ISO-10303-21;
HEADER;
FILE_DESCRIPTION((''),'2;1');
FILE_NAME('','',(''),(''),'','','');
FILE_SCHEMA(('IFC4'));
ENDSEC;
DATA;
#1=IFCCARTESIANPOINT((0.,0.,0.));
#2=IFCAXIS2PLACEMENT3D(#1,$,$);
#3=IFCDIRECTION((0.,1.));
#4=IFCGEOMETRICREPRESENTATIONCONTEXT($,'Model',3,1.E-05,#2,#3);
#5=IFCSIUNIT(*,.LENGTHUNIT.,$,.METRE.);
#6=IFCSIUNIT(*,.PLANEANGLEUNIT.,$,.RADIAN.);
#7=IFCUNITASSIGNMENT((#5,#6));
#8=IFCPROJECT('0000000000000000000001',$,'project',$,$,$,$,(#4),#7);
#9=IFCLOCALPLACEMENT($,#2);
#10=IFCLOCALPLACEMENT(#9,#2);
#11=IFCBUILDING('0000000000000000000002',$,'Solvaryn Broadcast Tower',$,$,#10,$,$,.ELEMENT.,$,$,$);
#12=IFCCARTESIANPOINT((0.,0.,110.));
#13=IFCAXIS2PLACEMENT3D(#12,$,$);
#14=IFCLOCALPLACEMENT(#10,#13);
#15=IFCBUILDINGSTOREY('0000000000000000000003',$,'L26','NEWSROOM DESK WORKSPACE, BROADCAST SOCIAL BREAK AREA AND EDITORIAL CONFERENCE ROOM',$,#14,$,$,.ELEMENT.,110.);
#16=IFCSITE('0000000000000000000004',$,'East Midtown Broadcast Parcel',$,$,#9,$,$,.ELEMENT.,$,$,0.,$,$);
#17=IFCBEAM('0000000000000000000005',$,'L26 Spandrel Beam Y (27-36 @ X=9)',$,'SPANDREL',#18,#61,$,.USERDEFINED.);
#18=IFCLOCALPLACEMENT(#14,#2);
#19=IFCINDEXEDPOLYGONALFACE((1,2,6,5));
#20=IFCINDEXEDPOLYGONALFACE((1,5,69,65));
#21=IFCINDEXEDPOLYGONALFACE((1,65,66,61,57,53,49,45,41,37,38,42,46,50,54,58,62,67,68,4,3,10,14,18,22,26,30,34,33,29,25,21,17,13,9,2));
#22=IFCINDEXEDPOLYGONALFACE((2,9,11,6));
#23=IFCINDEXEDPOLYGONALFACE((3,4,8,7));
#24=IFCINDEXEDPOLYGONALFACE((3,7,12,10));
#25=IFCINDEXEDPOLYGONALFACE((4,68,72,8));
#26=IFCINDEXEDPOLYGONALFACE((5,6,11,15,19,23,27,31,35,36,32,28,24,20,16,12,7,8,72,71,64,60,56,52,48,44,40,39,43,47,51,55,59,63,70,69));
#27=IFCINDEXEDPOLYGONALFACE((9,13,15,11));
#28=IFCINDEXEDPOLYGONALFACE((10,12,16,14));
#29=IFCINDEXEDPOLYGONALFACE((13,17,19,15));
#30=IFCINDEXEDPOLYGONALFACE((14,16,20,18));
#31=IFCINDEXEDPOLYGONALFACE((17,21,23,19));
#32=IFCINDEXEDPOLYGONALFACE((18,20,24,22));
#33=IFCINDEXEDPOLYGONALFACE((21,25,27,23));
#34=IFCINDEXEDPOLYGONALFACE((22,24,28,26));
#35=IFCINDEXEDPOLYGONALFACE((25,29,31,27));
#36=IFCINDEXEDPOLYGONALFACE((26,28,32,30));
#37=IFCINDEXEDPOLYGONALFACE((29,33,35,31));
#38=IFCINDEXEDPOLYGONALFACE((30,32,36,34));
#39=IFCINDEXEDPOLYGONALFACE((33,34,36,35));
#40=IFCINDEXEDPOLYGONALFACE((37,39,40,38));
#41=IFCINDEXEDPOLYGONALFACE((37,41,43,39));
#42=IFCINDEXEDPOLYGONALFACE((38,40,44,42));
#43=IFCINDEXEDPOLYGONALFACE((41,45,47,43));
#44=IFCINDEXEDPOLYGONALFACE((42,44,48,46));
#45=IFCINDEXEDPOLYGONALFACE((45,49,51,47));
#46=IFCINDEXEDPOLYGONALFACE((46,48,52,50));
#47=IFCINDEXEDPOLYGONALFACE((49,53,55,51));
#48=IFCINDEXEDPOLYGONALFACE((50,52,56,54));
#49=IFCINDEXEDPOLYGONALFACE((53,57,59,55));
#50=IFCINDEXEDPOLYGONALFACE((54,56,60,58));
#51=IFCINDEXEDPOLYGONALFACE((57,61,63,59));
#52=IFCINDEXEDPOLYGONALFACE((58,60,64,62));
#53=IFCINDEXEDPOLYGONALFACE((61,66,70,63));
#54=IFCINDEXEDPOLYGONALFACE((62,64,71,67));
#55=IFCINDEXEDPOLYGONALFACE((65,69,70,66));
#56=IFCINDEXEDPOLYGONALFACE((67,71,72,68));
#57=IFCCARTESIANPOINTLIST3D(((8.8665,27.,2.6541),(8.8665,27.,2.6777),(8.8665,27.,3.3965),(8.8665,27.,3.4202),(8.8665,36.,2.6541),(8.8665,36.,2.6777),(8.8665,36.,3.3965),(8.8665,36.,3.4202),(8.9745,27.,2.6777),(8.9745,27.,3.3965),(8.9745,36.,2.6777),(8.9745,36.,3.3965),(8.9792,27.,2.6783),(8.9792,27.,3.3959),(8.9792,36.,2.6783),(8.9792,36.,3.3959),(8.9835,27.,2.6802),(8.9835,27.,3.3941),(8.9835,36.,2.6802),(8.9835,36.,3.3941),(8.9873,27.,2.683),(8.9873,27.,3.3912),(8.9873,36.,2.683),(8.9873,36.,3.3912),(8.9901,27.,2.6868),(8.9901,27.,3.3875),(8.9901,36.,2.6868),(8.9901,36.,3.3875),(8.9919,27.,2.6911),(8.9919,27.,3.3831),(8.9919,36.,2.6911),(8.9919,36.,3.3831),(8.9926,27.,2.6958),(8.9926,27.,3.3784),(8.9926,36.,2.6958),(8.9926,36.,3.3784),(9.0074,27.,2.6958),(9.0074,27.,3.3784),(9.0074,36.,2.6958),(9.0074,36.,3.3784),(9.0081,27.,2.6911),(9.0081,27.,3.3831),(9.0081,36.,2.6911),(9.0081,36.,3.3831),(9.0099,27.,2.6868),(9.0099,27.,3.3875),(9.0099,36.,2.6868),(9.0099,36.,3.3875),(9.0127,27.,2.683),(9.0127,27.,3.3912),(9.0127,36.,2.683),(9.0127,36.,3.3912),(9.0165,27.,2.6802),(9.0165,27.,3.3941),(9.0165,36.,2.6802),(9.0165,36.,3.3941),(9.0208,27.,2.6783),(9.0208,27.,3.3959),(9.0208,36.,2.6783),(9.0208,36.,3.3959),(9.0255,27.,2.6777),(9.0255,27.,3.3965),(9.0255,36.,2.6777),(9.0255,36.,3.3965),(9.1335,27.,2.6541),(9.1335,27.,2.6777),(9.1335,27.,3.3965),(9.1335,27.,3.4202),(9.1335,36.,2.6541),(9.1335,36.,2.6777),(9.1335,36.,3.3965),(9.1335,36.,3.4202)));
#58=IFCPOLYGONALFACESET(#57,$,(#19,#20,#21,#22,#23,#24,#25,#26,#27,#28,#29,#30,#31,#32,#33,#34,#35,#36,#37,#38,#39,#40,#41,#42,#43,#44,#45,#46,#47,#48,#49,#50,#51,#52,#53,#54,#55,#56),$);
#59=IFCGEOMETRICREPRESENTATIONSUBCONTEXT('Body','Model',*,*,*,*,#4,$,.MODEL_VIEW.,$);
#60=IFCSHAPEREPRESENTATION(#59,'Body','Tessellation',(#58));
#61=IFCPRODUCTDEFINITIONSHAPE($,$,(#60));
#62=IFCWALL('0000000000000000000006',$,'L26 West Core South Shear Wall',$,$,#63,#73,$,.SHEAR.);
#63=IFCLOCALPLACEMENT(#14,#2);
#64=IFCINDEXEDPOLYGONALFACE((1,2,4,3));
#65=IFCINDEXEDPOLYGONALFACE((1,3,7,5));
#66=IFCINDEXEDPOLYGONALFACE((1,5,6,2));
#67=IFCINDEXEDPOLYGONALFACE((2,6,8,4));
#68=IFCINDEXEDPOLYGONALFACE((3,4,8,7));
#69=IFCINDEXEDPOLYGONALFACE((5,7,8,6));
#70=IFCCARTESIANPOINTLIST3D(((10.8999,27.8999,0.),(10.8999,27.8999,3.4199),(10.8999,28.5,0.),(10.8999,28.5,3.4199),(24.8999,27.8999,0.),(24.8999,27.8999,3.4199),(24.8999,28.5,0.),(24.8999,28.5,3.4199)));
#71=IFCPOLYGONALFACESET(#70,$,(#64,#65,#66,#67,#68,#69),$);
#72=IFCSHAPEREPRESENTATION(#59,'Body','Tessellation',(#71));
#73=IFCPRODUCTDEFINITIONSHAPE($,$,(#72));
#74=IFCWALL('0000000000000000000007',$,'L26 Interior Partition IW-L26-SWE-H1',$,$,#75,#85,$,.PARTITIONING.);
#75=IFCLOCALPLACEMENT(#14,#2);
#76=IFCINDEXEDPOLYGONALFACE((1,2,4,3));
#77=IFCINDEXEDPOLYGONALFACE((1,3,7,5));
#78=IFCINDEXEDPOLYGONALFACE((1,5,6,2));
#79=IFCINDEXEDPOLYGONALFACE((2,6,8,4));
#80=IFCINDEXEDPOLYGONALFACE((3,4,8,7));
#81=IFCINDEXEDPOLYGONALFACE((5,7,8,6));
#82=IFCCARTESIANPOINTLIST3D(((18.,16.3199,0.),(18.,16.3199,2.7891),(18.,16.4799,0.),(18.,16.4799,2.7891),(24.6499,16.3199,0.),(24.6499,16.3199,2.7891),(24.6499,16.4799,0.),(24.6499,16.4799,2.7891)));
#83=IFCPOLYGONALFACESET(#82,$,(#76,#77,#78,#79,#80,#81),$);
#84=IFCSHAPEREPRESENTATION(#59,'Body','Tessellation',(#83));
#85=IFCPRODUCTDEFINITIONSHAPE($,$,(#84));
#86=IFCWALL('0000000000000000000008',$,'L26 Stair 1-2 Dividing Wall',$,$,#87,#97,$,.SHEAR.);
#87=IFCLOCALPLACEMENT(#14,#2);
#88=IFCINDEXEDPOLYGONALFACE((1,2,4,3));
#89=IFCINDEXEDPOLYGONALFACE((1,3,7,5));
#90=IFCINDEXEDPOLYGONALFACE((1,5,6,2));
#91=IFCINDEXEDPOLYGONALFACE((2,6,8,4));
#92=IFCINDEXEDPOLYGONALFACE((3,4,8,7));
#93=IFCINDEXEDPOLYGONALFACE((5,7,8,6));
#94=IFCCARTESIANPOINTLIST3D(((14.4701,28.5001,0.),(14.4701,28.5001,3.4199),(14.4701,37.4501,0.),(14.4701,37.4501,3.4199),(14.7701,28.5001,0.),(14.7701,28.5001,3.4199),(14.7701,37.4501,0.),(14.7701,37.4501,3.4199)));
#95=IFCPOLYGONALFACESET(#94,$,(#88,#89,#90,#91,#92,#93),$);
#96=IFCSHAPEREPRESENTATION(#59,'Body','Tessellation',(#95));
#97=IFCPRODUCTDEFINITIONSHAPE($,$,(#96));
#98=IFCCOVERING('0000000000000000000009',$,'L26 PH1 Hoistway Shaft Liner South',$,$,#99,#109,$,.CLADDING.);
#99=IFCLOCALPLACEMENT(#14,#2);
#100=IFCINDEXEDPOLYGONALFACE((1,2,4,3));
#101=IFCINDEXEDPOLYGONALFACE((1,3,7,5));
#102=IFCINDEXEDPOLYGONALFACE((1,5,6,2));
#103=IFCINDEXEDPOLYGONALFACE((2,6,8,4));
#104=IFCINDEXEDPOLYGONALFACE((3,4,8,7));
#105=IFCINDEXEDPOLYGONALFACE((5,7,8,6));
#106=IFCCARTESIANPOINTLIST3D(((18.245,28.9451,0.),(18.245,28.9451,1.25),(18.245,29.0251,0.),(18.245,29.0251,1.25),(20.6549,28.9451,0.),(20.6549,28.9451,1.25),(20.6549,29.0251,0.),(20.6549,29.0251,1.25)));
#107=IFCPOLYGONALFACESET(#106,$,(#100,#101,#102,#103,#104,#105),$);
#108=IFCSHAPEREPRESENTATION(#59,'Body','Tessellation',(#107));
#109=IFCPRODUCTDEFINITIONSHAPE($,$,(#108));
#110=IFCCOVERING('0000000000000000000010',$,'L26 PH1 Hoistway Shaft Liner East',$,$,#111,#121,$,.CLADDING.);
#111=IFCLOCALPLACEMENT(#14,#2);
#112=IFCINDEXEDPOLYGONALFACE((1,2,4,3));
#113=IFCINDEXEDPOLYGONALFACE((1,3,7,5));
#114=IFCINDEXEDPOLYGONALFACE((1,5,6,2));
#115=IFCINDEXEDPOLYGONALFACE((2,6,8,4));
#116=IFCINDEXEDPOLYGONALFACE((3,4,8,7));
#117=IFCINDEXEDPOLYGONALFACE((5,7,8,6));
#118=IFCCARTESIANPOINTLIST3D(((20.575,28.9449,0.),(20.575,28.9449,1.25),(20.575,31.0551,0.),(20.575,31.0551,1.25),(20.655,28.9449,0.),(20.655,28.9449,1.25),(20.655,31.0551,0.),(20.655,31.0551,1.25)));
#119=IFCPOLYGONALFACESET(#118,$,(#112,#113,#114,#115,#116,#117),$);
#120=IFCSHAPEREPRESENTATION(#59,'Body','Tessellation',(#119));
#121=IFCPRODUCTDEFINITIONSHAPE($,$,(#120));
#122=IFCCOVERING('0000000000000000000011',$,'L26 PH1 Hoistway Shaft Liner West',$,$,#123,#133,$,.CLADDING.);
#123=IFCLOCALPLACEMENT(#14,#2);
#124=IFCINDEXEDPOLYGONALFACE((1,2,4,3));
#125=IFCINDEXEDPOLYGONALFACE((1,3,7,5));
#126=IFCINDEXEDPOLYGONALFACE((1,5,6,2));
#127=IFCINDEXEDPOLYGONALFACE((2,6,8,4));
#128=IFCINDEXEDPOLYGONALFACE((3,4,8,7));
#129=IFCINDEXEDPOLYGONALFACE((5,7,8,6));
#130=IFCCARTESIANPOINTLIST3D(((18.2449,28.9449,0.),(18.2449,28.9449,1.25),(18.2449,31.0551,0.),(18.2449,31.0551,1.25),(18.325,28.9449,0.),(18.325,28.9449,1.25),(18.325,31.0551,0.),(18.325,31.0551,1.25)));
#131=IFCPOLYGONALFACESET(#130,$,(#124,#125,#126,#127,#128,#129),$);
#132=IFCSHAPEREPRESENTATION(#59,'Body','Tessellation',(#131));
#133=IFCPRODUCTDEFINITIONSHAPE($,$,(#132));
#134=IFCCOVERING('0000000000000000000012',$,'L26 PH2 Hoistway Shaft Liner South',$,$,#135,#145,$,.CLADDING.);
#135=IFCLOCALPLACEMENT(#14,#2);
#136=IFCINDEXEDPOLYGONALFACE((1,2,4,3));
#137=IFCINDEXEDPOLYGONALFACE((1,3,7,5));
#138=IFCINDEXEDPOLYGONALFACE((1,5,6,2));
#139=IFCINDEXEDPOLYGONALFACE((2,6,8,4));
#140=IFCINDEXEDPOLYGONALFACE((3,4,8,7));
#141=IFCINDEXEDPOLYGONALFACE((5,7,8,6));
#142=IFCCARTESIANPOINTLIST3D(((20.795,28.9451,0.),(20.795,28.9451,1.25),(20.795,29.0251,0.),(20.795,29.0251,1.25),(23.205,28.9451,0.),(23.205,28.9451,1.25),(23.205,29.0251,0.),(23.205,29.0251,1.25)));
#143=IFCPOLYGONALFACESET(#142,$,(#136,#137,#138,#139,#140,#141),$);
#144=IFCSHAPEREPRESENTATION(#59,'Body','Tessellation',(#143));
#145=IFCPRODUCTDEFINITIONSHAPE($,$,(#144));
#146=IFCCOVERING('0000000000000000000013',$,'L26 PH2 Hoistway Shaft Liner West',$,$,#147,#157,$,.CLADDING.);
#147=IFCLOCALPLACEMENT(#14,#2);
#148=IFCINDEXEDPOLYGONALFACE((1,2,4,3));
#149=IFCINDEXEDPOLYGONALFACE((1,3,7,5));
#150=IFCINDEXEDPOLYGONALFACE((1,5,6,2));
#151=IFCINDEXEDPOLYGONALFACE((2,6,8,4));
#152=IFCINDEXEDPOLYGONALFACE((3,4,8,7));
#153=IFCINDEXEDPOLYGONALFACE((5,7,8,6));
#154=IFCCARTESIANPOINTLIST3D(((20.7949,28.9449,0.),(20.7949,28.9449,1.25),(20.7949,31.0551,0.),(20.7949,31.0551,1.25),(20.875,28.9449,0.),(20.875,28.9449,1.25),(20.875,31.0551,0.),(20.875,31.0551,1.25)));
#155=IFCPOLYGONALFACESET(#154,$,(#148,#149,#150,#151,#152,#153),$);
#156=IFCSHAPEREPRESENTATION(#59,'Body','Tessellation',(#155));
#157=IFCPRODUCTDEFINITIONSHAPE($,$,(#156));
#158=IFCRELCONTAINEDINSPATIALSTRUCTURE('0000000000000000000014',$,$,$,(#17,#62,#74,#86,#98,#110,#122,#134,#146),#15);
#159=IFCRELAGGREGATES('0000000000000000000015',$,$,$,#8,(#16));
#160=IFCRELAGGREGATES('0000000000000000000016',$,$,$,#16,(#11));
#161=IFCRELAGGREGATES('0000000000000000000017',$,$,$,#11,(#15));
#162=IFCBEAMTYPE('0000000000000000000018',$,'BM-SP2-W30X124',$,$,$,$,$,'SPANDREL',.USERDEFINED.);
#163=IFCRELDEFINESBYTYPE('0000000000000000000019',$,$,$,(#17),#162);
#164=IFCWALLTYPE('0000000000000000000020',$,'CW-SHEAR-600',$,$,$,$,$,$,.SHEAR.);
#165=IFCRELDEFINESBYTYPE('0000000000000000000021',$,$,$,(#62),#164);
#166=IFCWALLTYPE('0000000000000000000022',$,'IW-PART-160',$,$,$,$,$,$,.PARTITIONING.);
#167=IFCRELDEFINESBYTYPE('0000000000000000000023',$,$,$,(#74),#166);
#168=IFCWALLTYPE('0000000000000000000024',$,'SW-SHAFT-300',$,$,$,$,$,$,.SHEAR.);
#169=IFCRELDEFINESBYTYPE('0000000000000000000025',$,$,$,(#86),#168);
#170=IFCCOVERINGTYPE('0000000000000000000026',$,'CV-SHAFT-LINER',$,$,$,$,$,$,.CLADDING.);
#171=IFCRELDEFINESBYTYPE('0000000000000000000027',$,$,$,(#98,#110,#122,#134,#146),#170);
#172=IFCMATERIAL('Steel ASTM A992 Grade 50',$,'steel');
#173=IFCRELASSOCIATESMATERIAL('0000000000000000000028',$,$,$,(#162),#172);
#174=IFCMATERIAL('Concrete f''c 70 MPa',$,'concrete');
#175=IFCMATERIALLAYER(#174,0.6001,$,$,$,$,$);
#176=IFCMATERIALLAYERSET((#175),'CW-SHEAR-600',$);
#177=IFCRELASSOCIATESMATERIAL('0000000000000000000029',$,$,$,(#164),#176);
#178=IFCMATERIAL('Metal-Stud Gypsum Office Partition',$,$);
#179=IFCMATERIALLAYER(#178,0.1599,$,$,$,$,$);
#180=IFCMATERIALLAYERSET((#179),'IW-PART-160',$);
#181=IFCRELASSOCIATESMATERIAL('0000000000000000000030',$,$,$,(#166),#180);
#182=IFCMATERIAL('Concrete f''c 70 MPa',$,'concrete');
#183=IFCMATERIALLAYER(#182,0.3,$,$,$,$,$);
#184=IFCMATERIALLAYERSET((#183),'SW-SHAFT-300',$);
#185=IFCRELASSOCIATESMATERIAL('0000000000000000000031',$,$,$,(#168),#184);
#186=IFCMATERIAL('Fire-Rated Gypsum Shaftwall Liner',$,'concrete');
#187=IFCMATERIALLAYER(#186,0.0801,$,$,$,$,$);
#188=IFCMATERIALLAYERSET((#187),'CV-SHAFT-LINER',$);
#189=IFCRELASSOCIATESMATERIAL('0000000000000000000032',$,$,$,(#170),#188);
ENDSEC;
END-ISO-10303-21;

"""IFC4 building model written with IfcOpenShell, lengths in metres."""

from ifc_helpers import new_model, si_unit, direction, frame, frame_2d, origin, origin_2d, place, context, subcontext, project, spatial, rectangle, i_section, extrude, material, layer, layer_set, material_profile, profile_set, type_object, element, save


model = new_model("IFC4")

# Units and contexts
model_context = context("Model", 3, precision=1e-05, world=origin(), true_north=direction((0.0, 1.0)))
body_context = subcontext(model_context, "Body", "Model", "MODEL_VIEW")
ifc_project = project(units=[si_unit("LENGTHUNIT", "METRE"), si_unit("PLANEANGLEUNIT", "RADIAN")], contexts=[model_context])

# Site, building, storey
site_placement = place(None, origin())
site = spatial("IfcSite", under=ifc_project, at=site_placement, Name="East Midtown Broadcast Parcel", CompositionType="ELEMENT", RefElevation=0.0)
building_placement = place(site_placement, origin())
building = spatial("IfcBuilding", under=site, at=building_placement, Name="Solvaryn Broadcast Tower", CompositionType="ELEMENT")
storey_placement = place(building_placement, frame((0.0, 0.0, 110.0)))
storey = spatial("IfcBuildingStorey", under=building, at=storey_placement, Name="L26", Description="NEWSROOM DESK WORKSPACE, BROADCAST SOCIAL BREAK AREA AND EDITORIAL CONFERENCE ROOM", CompositionType="ELEMENT", Elevation=110.0)

# Beam
ifc_material_1 = material(Name="Steel ASTM A992 Grade 50", Category="steel")
ifc_material_profile_1 = material_profile(ifc_material_1, i_section(OverallWidth=0.2671, OverallDepth=0.7661, WebThickness=0.0149, FlangeThickness=0.0237, FilletRadius=0.0181, at=origin_2d()))
ifc_profile_set_1 = profile_set([ifc_material_profile_1], Name="Steel ASTM A992 Grade 50")
beam_type_1 = type_object("IfcBeamType", Name="BM-SP2-W30X124", ElementType="SPANDREL", PredefinedType="USERDEFINED", material=ifc_profile_set_1)
beam_1_placement = place(storey_placement, frame((9.0, 27.0, 3.0371), z_axis=(0.0, 1.0, 0.0), x_axis=(-1.0, 0.0, 0.0)))
element("IfcBeam", 1, at=beam_1_placement, inside=storey, type_object=beam_type_1, Name="L26 Spandrel Beam Y (27-36 @ X=9)", ObjectType="SPANDREL", PredefinedType="USERDEFINED", context=body_context, shape_type="SweptSolid", body=[
    extrude(i_section(OverallWidth=0.2671, OverallDepth=0.7661, WebThickness=0.0149, FlangeThickness=0.0237, FilletRadius=0.0181, at=origin_2d()), origin(), (0.0, 0.0, 1.0), 9.0),
])

# Wall
ifc_material_2 = material(Name="Concrete f'c 70 MPa", Category="concrete")
ifc_layer_1 = layer(ifc_material_2, 0.6001)
ifc_layer_set_1 = layer_set([ifc_layer_1], Name="CW-SHEAR-600")
wall_type_1 = type_object("IfcWallType", Name="CW-SHEAR-600", PredefinedType="SHEAR", material=ifc_layer_set_1)
wall_1_placement = place(storey_placement, frame((10.8999, 28.2, 0.0), z_axis=(0.0, 0.0, 1.0), x_axis=(1.0, 0.0, 0.0)))
element("IfcWall", 2, at=wall_1_placement, inside=storey, type_object=wall_type_1, Name="L26 West Core South Shear Wall", PredefinedType="SHEAR", context=body_context, shape_type="SweptSolid", body=[
    extrude(rectangle(XDim=14.0, YDim=0.6001, at=frame_2d((7.0, 0.0))), origin(), (0.0, 0.0, 1.0), 3.4199),
])

# Shared definitions
ifc_material_3 = material(Name="Metal-Stud Gypsum Office Partition")
ifc_layer_2 = layer(ifc_material_3, 0.1599)
ifc_layer_set_2 = layer_set([ifc_layer_2], Name="IW-PART-160")
wall_type_2 = type_object("IfcWallType", Name="IW-PART-160", PredefinedType="PARTITIONING", material=ifc_layer_set_2)

# Walls
wall_2_placement = place(storey_placement, frame((18.0, 16.3999, 0.0), z_axis=(0.0, 0.0, 1.0), x_axis=(1.0, 0.0, 0.0)))
element("IfcWall", 3, at=wall_2_placement, inside=storey, type_object=wall_type_2, Name="L26 Interior Partition IW-L26-SWE-H1", PredefinedType="PARTITIONING", context=body_context, shape_type="SweptSolid", body=[
    extrude(rectangle(XDim=6.6499, YDim=0.1599, at=frame_2d((3.325, 0.0))), origin(), (0.0, 0.0, 1.0), 2.7891),
])
ifc_material_4 = material(Name="Concrete f'c 70 MPa", Category="concrete")
ifc_layer_3 = layer(ifc_material_4, 0.3)
ifc_layer_set_3 = layer_set([ifc_layer_3], Name="SW-SHAFT-300")
wall_type_3 = type_object("IfcWallType", Name="SW-SHAFT-300", PredefinedType="SHEAR", material=ifc_layer_set_3)
wall_3_placement = place(storey_placement, frame((14.6201, 28.5, 0.0), z_axis=(0.0, 0.0, 1.0), x_axis=(0.0, 1.0, 0.0)))
element("IfcWall", 4, at=wall_3_placement, inside=storey, type_object=wall_type_3, Name="L26 Stair 1-2 Dividing Wall", PredefinedType="SHEAR", context=body_context, shape_type="SweptSolid", body=[
    extrude(rectangle(XDim=8.95, YDim=0.3, at=frame_2d((4.4751, 0.0))), origin(), (0.0, 0.0, 1.0), 3.4199),
])

# Coverings
ifc_material_5 = material(Name="Fire-Rated Gypsum Shaftwall Liner", Category="concrete")
ifc_layer_4 = layer(ifc_material_5, 0.0801)
ifc_layer_set_4 = layer_set([ifc_layer_4], Name="CV-SHAFT-LINER")
covering_type = type_object("IfcCoveringType", Name="CV-SHAFT-LINER", PredefinedType="CLADDING", material=ifc_layer_set_4)
covering_1_placement = place(storey_placement, frame((19.45, 28.9851, 0.0), z_axis=(0.0, 0.0, 1.0), x_axis=(1.0, 0.0, 0.0)))
element("IfcCovering", 5, at=covering_1_placement, inside=storey, type_object=covering_type, Name="L26 PH1 Hoistway Shaft Liner South", PredefinedType="CLADDING", context=body_context, shape_type="SweptSolid", body=[
    extrude(rectangle(XDim=2.4099, YDim=0.0801, at=origin_2d()), origin(), (0.0, 0.0, 1.0), 1.25),
])
for number, where, z_axis, x_axis, name in (
    (6, (20.615, 30.0, 0.0), (0.0, 0.0, 1.0), (1.0, 0.0, 0.0), "L26 PH1 Hoistway Shaft Liner East"),
    (7, (18.2849, 30.0, 0.0), (0.0, 0.0, 1.0), (1.0, 0.0, 0.0), "L26 PH1 Hoistway Shaft Liner West"),
):
    element("IfcCovering", number, at=place(storey_placement, frame(where, z_axis=z_axis, x_axis=x_axis)), inside=storey, type_object=covering_type, Name=name, PredefinedType="CLADDING", context=body_context, shape_type="SweptSolid", body=[
        extrude(rectangle(XDim=0.0801, YDim=2.1101, at=origin_2d()), origin(), (0.0, 0.0, 1.0), 1.25),
    ])
covering_2_placement = place(storey_placement, frame((22.0, 28.9851, 0.0), z_axis=(0.0, 0.0, 1.0), x_axis=(1.0, 0.0, 0.0)))
element("IfcCovering", 8, at=covering_2_placement, inside=storey, type_object=covering_type, Name="L26 PH2 Hoistway Shaft Liner South", PredefinedType="CLADDING", context=body_context, shape_type="SweptSolid", body=[
    extrude(rectangle(XDim=2.4099, YDim=0.0801, at=origin_2d()), origin(), (0.0, 0.0, 1.0), 1.25),
])
covering_3_placement = place(storey_placement, frame((20.835, 30.0, 0.0), z_axis=(0.0, 0.0, 1.0), x_axis=(1.0, 0.0, 0.0)))
element("IfcCovering", 9, at=covering_3_placement, inside=storey, type_object=covering_type, Name="L26 PH2 Hoistway Shaft Liner West", PredefinedType="CLADDING", context=body_context, shape_type="SweptSolid", body=[
    extrude(rectangle(XDim=0.0801, YDim=2.1101, at=origin_2d()), origin(), (0.0, 0.0, 1.0), 1.25),
])

save(model, "model.ifc")
